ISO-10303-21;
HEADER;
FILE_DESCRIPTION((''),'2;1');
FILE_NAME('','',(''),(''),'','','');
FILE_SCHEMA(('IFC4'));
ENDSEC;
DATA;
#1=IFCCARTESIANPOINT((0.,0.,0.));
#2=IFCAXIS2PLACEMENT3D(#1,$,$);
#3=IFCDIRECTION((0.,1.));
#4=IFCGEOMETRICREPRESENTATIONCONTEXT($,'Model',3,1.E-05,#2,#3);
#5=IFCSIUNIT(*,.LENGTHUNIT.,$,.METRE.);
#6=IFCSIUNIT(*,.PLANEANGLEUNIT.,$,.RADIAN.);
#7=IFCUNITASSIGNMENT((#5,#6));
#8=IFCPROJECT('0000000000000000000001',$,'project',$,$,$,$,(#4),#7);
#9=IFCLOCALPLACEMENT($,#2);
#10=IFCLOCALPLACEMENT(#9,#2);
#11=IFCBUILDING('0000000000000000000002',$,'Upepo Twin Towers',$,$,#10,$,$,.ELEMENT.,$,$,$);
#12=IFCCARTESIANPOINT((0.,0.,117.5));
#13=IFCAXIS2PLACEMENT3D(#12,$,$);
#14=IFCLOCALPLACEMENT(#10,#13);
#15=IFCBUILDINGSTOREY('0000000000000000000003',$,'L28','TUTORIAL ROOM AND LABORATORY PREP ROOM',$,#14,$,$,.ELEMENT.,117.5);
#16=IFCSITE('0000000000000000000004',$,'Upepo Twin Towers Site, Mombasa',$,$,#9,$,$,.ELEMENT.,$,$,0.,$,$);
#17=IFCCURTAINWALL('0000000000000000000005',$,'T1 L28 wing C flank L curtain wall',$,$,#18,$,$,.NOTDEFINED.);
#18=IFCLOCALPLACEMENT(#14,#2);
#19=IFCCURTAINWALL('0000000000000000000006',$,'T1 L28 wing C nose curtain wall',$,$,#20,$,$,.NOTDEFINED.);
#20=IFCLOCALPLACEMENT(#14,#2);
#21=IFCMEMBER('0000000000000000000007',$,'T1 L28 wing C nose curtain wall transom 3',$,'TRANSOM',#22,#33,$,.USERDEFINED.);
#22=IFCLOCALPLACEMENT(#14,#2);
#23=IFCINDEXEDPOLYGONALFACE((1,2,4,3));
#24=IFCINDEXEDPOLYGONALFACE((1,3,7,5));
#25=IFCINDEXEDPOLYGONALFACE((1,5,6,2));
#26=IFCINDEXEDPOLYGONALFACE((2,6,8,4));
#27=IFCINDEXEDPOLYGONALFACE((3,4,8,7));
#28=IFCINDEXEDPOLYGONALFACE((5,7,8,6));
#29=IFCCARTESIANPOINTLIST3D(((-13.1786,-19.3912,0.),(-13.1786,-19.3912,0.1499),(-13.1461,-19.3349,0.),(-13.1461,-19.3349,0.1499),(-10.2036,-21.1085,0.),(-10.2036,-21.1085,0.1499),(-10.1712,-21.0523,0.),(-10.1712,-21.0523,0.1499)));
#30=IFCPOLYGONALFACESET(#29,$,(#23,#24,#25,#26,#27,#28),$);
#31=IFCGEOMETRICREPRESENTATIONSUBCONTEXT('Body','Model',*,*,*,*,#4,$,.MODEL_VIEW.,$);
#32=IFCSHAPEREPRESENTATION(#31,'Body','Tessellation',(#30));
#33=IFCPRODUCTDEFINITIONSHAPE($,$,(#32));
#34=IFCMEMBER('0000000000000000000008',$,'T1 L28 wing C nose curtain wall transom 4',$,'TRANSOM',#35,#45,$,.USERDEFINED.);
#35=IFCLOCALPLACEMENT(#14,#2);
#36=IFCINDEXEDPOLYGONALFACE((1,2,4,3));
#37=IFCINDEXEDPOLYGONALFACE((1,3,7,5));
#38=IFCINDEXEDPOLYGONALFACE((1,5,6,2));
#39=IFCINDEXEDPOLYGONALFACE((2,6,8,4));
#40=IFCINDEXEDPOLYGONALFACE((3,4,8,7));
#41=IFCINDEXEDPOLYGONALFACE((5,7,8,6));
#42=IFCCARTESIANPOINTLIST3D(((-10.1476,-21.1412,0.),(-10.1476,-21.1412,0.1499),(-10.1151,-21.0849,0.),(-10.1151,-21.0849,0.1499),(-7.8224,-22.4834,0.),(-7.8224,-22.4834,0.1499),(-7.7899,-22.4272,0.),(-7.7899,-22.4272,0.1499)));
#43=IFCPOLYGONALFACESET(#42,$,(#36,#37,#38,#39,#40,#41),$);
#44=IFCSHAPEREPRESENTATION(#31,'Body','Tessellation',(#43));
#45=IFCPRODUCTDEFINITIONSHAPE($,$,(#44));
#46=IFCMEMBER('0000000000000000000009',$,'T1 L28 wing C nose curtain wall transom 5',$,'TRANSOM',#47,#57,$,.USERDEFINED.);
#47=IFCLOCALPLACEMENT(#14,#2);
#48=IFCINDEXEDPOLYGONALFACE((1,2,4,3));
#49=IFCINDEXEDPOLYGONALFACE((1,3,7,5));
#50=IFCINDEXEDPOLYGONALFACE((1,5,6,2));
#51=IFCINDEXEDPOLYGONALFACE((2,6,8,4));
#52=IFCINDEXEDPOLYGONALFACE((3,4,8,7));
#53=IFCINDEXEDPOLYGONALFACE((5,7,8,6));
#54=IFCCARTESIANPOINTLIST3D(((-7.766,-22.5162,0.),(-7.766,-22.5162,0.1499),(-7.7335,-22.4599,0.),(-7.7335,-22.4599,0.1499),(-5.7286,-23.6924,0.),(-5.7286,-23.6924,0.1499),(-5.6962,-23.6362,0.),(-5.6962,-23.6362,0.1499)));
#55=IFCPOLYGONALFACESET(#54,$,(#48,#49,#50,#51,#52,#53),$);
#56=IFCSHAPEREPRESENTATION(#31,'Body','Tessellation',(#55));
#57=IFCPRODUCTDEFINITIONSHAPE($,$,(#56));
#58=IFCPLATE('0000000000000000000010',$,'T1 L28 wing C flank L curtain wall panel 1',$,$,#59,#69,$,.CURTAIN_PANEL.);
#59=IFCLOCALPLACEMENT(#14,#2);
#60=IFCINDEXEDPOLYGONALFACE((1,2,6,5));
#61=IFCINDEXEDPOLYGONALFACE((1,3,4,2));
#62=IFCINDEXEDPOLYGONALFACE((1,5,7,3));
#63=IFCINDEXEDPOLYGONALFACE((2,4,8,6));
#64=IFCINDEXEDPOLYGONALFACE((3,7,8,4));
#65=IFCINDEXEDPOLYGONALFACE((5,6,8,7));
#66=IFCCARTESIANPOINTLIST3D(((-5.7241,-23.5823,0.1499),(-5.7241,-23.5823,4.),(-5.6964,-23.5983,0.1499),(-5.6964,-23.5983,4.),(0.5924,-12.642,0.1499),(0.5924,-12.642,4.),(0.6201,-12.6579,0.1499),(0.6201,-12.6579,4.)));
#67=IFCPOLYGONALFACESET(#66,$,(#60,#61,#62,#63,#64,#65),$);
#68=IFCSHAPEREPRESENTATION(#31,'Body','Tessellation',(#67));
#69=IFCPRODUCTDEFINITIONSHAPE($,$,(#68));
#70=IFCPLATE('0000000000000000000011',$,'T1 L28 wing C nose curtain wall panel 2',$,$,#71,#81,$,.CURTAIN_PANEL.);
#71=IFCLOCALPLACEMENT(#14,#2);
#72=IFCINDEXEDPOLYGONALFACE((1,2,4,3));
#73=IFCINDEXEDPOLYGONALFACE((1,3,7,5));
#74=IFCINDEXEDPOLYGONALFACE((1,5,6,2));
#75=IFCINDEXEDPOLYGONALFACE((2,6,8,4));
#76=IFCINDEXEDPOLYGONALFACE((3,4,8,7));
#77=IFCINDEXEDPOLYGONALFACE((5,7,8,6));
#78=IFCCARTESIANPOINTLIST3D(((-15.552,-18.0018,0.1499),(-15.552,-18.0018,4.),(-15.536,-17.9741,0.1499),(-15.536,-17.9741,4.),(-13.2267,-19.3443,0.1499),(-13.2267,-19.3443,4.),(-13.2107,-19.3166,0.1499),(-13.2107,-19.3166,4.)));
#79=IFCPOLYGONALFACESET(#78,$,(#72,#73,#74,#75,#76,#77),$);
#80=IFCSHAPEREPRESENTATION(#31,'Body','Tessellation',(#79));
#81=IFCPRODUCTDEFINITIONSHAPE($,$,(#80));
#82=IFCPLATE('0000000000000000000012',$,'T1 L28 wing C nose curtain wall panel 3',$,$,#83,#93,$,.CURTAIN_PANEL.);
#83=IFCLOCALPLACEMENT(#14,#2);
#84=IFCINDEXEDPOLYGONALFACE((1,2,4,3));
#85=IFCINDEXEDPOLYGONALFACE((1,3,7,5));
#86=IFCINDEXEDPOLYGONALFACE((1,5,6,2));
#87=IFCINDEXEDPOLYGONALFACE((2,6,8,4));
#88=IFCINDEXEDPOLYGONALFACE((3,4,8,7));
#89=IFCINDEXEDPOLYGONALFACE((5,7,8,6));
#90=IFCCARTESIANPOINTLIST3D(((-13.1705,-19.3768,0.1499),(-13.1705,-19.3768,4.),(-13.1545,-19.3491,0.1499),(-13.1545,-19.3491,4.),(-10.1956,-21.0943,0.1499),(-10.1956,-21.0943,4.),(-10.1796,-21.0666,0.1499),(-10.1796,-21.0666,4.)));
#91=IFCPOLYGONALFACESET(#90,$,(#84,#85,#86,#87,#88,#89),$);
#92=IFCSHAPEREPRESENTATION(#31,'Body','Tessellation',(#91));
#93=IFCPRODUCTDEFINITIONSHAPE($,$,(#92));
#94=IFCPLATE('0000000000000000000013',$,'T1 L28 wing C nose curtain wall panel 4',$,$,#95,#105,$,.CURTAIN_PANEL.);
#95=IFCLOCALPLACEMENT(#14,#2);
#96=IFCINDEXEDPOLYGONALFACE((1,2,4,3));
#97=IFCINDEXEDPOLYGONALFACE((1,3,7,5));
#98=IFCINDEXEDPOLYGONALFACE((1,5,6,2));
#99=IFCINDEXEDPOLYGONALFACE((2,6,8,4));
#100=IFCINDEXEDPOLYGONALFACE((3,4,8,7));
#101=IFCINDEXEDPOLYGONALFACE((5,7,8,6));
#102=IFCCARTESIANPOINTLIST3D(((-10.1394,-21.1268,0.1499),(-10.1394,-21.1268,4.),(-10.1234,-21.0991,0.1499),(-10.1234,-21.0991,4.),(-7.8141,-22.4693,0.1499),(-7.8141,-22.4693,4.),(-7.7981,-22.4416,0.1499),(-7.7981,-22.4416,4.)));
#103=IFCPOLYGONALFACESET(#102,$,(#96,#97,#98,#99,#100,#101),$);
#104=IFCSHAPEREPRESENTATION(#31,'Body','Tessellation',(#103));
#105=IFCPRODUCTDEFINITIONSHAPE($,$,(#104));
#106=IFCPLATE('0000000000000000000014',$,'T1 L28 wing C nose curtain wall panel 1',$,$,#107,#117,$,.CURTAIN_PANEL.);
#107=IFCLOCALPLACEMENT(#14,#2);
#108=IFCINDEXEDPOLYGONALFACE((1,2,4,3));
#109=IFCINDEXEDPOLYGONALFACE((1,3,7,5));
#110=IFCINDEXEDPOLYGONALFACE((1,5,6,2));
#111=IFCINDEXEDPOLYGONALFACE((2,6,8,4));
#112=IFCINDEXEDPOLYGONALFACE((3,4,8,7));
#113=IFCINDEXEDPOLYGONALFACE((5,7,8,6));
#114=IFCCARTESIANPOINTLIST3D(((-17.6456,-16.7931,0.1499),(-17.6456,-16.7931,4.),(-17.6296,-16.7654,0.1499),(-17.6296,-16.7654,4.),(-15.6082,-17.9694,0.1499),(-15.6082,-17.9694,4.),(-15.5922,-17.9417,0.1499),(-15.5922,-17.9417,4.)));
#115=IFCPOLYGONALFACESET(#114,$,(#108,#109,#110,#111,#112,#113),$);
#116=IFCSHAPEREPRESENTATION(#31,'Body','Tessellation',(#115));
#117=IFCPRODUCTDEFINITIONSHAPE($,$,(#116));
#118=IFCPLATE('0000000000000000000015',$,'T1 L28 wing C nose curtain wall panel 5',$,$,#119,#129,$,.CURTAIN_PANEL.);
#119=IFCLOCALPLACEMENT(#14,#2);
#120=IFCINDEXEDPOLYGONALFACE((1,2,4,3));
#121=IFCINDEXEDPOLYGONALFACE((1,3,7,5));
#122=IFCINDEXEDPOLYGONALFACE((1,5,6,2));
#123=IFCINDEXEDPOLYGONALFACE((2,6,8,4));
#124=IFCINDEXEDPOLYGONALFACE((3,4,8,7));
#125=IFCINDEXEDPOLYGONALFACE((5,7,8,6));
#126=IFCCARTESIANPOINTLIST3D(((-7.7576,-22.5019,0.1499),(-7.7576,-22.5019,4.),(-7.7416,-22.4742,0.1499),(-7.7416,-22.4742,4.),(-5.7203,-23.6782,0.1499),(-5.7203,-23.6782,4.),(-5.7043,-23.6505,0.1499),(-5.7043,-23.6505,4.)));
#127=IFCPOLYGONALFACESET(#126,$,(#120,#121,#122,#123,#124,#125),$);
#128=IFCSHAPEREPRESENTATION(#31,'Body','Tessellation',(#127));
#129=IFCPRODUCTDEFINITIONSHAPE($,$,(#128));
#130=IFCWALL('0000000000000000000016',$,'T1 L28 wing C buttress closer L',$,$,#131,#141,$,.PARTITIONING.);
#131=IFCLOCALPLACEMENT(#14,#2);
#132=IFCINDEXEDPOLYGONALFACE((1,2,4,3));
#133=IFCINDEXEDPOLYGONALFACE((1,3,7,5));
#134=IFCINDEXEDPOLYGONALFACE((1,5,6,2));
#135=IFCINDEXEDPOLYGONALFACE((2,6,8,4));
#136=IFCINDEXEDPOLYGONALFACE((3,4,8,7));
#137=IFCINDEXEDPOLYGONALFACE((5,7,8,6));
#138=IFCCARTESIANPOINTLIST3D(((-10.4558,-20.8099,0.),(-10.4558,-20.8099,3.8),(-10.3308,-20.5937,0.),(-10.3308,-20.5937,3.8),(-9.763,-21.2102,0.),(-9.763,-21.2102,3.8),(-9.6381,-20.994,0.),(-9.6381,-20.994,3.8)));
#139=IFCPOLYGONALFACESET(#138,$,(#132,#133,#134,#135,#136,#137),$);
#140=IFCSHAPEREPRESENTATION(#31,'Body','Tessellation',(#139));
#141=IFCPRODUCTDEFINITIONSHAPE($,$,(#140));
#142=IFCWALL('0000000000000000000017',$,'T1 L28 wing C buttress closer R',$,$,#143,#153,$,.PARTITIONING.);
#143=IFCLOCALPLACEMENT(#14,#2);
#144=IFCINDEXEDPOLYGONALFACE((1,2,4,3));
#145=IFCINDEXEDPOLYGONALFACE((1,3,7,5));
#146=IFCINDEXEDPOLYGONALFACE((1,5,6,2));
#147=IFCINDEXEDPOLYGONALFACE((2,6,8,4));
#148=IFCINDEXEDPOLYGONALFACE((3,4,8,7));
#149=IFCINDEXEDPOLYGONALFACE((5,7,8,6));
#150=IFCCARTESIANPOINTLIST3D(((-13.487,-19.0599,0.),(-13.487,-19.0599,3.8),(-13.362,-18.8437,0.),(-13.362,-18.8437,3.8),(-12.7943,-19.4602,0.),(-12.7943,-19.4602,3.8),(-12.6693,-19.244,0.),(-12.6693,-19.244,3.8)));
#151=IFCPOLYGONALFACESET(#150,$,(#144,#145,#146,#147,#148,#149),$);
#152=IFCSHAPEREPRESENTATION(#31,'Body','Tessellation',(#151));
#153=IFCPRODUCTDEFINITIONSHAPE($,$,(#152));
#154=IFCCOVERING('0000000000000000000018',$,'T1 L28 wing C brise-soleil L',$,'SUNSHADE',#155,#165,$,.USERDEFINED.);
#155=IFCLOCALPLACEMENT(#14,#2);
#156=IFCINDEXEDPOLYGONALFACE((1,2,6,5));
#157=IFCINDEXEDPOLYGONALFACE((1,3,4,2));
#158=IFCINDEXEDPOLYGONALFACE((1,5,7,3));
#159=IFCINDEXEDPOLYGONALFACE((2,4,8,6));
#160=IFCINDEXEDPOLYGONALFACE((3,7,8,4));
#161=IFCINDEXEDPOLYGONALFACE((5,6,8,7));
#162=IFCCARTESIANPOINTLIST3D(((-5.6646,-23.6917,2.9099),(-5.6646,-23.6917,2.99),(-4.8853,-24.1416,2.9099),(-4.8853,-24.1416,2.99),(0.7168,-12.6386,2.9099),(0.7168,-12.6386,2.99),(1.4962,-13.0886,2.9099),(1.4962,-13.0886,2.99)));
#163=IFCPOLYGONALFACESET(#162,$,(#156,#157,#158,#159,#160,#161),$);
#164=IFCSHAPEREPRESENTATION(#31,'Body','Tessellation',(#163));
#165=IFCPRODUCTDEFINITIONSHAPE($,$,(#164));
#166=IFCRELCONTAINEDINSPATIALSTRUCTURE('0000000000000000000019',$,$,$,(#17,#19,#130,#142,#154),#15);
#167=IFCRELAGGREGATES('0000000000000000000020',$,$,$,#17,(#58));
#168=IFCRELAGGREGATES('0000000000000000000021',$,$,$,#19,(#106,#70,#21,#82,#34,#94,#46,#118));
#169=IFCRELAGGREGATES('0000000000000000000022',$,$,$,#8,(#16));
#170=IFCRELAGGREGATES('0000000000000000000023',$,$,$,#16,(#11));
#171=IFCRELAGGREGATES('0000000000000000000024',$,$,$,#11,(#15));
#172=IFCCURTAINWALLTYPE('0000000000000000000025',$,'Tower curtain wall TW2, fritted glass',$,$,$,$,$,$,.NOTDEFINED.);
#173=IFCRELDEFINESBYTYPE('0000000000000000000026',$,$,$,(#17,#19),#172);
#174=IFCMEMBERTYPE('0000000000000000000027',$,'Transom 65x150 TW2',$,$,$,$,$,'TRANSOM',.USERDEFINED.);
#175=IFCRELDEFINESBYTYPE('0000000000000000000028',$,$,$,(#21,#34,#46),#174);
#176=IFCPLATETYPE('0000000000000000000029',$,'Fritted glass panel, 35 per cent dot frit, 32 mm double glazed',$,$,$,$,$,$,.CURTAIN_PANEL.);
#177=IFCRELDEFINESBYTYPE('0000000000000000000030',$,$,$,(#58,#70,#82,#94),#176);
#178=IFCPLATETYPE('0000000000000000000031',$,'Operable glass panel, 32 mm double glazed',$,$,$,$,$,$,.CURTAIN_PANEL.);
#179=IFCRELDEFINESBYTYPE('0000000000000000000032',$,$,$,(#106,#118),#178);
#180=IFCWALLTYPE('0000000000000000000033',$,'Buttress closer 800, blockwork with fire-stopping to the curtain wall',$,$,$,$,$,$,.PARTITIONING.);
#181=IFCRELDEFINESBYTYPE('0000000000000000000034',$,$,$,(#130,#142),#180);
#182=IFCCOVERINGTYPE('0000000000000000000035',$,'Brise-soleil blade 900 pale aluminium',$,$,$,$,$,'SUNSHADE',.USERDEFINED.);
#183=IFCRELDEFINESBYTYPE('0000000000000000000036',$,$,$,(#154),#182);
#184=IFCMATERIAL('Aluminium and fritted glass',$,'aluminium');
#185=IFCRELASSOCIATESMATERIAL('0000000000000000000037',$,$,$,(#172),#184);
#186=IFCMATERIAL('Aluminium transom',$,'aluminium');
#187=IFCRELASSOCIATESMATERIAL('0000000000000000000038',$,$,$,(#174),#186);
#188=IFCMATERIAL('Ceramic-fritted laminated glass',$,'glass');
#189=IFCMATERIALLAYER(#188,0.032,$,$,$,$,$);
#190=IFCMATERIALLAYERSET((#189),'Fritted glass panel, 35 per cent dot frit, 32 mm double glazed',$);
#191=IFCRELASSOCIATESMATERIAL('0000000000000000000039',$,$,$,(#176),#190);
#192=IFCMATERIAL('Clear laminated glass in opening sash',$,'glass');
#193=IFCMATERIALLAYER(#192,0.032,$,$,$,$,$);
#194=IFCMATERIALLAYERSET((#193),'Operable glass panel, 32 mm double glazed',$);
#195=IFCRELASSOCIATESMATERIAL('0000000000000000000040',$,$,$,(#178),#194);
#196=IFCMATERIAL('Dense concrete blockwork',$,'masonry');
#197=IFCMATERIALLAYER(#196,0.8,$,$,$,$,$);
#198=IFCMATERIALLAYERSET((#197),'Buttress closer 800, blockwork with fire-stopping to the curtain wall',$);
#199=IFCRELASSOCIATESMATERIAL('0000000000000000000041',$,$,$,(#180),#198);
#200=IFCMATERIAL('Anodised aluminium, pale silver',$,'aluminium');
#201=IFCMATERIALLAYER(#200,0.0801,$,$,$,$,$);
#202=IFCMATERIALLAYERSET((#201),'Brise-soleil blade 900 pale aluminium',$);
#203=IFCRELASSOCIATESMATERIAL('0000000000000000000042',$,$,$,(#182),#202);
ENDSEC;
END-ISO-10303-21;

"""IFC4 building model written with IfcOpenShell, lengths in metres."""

from ifc_helpers import new_model, si_unit, direction, frame, frame_2d, origin, origin_2d, place, context, subcontext, project, spatial, rectangle, extrude, material, layer, layer_set, material_profile, profile_set, type_object, element, aggregate, save


model = new_model("IFC4")

# Units and contexts
model_context = context("Model", 3, precision=1e-05, world=origin(), true_north=direction((0.0, 1.0)))
body_context = subcontext(model_context, "Body", "Model", "MODEL_VIEW")
ifc_project = project(units=[si_unit("LENGTHUNIT", "METRE"), si_unit("PLANEANGLEUNIT", "RADIAN")], contexts=[model_context])

# Site, building, storey
site_placement = place(None, origin())
site = spatial("IfcSite", under=ifc_project, at=site_placement, Name="Upepo Twin Towers Site, Mombasa", CompositionType="ELEMENT", RefElevation=0.0)
building_placement = place(site_placement, origin())
building = spatial("IfcBuilding", under=site, at=building_placement, Name="Upepo Twin Towers", CompositionType="ELEMENT")
storey_placement = place(building_placement, frame((0.0, 0.0, 117.5)))
storey = spatial("IfcBuildingStorey", under=building, at=storey_placement, Name="L28", Description="TUTORIAL ROOM AND LABORATORY PREP ROOM", CompositionType="ELEMENT", Elevation=117.5)

# Curtain wall
ifc_material_1 = material(Name="Aluminium and fritted glass", Category="aluminium")
curtain_wall_type = type_object("IfcCurtainWallType", Name="Tower curtain wall TW2, fritted glass", PredefinedType="NOTDEFINED", material=ifc_material_1)
curtain_wall_1_placement = place(storey_placement, origin())
curtain_wall_1 = element("IfcCurtainWall", 1, at=curtain_wall_1_placement, inside=storey, type_object=curtain_wall_type, Name="T1 L28 wing C flank L curtain wall", PredefinedType="NOTDEFINED")

# Curtain wall
curtain_wall_2_placement = place(storey_placement, origin())
curtain_wall_2 = element("IfcCurtainWall", 2, at=curtain_wall_2_placement, inside=storey, type_object=curtain_wall_type, Name="T1 L28 wing C nose curtain wall", PredefinedType="NOTDEFINED")

# Members
ifc_material_2 = material(Name="Aluminium transom", Category="aluminium")
ifc_material_profile_1 = material_profile(ifc_material_2, rectangle(XDim=0.0649, YDim=0.1499, at=origin_2d()), Name="TRANSOM 65x150")
ifc_profile_set_1 = profile_set([ifc_material_profile_1], Name="Aluminium transom")
member_type_1 = type_object("IfcMemberType", Name="Transom 65x150 TW2", ElementType="TRANSOM", PredefinedType="USERDEFINED", material=ifc_profile_set_1)
member_1_placement = place(storey_placement, frame((-13.1624, -19.363, 0.075), z_axis=(0.866057, -0.499946, 0.0), x_axis=(0.499946, 0.866057, 0.0)))
member_1 = element("IfcMember", 3, at=member_1_placement, type_object=member_type_1, Name="T1 L28 wing C nose curtain wall transom 3", ObjectType="TRANSOM", PredefinedType="USERDEFINED", context=body_context, shape_type="SweptSolid", body=[
    extrude(rectangle(XDim=0.0649, YDim=0.1499, at=origin_2d()), origin(), (0.0, 0.0, 1.0), 3.4351),
])
member_2_placement = place(storey_placement, frame((-10.1313, -21.113, 0.075), z_axis=(0.866052, -0.499953, 0.0), x_axis=(0.499953, 0.866052, 0.0)))
member_2 = element("IfcMember", 4, at=member_2_placement, type_object=member_type_1, Name="T1 L28 wing C nose curtain wall transom 4", ObjectType="TRANSOM", PredefinedType="USERDEFINED", context=body_context, shape_type="SweptSolid", body=[
    extrude(rectangle(XDim=0.0649, YDim=0.1499, at=origin_2d()), origin(), (0.0, 0.0, 1.0), 2.6848),
])
member_3_placement = place(storey_placement, frame((-7.7498, -22.488, 0.075), z_axis=(0.866025, -0.500001, 0.0), x_axis=(0.500001, 0.866025, 0.0)))
member_3 = element("IfcMember", 5, at=member_3_placement, type_object=member_type_1, Name="T1 L28 wing C nose curtain wall transom 5", ObjectType="TRANSOM", PredefinedType="USERDEFINED", context=body_context, shape_type="SweptSolid", body=[
    extrude(rectangle(XDim=0.0649, YDim=0.1499, at=origin_2d()), origin(), (0.0, 0.0, 1.0), 2.3525),
])

# Plates
ifc_material_3 = material(Name="Ceramic-fritted laminated glass", Category="glass")
ifc_layer_1 = layer(ifc_material_3, 0.032)
ifc_layer_set_1 = layer_set([ifc_layer_1], Name="Fritted glass panel, 35 per cent dot frit, 32 mm double glazed")
plate_type_1 = type_object("IfcPlateType", Name="Fritted glass panel, 35 per cent dot frit, 32 mm double glazed", PredefinedType="CURTAIN_PANEL", material=ifc_layer_set_1)
plate_1_placement = place(storey_placement, frame((-2.552, -18.1201, 0.1499), z_axis=(0.0, 0.0, 1.0), x_axis=(-0.5, -0.866025, 0.0)))
plate_1 = element("IfcPlate", 6, at=plate_1_placement, type_object=plate_type_1, Name="T1 L28 wing C flank L curtain wall panel 1", PredefinedType="CURTAIN_PANEL", context=body_context, shape_type="SweptSolid", body=[
    extrude(rectangle(XDim=12.6328, YDim=0.032, at=origin_2d()), origin(), (0.0, 0.0, 1.0), 3.8501),
])
aggregate(curtain_wall_1, [plate_1])
plate_2_placement = place(storey_placement, frame((-14.3813, -18.6592, 0.1499), z_axis=(0.0, 0.0, 1.0), x_axis=(0.866025, -0.5, 0.0)))
plate_2 = element("IfcPlate", 7, at=plate_2_placement, type_object=plate_type_1, Name="T1 L28 wing C nose curtain wall panel 2", PredefinedType="CURTAIN_PANEL", context=body_context, shape_type="SweptSolid", body=[
    extrude(rectangle(XDim=2.6851, YDim=0.032, at=origin_2d()), origin(), (0.0, 0.0, 1.0), 3.8501),
])
plate_3_placement = place(storey_placement, frame((-11.675, -20.2217, 0.1499), z_axis=(0.0, 0.0, 1.0), x_axis=(0.866025, -0.5, 0.0)))
plate_3 = element("IfcPlate", 8, at=plate_3_placement, type_object=plate_type_1, Name="T1 L28 wing C nose curtain wall panel 3", PredefinedType="CURTAIN_PANEL", context=body_context, shape_type="SweptSolid", body=[
    extrude(rectangle(XDim=3.4351, YDim=0.032, at=origin_2d()), origin(), (0.0, 0.0, 1.0), 3.8501),
])
plate_4_placement = place(storey_placement, frame((-8.9688, -21.7842, 0.1499), z_axis=(0.0, 0.0, 1.0), x_axis=(0.866025, -0.5, 0.0)))
plate_4 = element("IfcPlate", 9, at=plate_4_placement, type_object=plate_type_1, Name="T1 L28 wing C nose curtain wall panel 4", PredefinedType="CURTAIN_PANEL", context=body_context, shape_type="SweptSolid", body=[
    extrude(rectangle(XDim=2.6851, YDim=0.032, at=origin_2d()), origin(), (0.0, 0.0, 1.0), 3.8501),
])
ifc_material_4 = material(Name="Clear laminated glass in opening sash", Category="glass")
ifc_layer_2 = layer(ifc_material_4, 0.032)
ifc_layer_set_2 = layer_set([ifc_layer_2], Name="Operable glass panel, 32 mm double glazed")
plate_type_2 = type_object("IfcPlateType", Name="Operable glass panel, 32 mm double glazed", PredefinedType="CURTAIN_PANEL", material=ifc_layer_set_2)
plate_5_placement = place(storey_placement, frame((-16.6189, -17.3674, 0.1499), z_axis=(0.0, 0.0, 1.0), x_axis=(0.866025, -0.5, 0.0)))
plate_5 = element("IfcPlate", 10, at=plate_5_placement, type_object=plate_type_2, Name="T1 L28 wing C nose curtain wall panel 1", PredefinedType="CURTAIN_PANEL", context=body_context, shape_type="SweptSolid", body=[
    extrude(rectangle(XDim=2.3525, YDim=0.032, at=origin_2d()), origin(), (0.0, 0.0, 1.0), 3.8501),
])
plate_6_placement = place(storey_placement, frame((-6.731, -23.0762, 0.1499), z_axis=(0.0, 0.0, 1.0), x_axis=(0.866025, -0.5, 0.0)))
plate_6 = element("IfcPlate", 11, at=plate_6_placement, type_object=plate_type_2, Name="T1 L28 wing C nose curtain wall panel 5", PredefinedType="CURTAIN_PANEL", context=body_context, shape_type="SweptSolid", body=[
    extrude(rectangle(XDim=2.3525, YDim=0.032, at=origin_2d()), origin(), (0.0, 0.0, 1.0), 3.8501),
])
aggregate(curtain_wall_2, [plate_5, plate_2, member_1, plate_3, member_2, plate_4, member_3, plate_6])

# Walls
ifc_material_5 = material(Name="Dense concrete blockwork", Category="masonry")
ifc_layer_3 = layer(ifc_material_5, 0.8)
ifc_layer_set_3 = layer_set([ifc_layer_3], Name="Buttress closer 800, blockwork with fire-stopping to the curtain wall")
wall_type = type_object("IfcWallType", Name="Buttress closer 800, blockwork with fire-stopping to the curtain wall", PredefinedType="PARTITIONING", material=ifc_layer_set_3)
for number, where, z_axis, x_axis, name in (
    (12, (-9.9844, -20.7937, 0.0), (0.0, 0.0, 1.0), (-0.500343, -0.865827, 0.0), "T1 L28 wing C buttress closer L"),
    (13, (-13.0156, -19.0437, 0.0), (0.0, 0.0, 1.0), (-0.500343, -0.865827, 0.0), "T1 L28 wing C buttress closer R"),
):
    element("IfcWall", number, at=place(storey_placement, frame(where, z_axis=z_axis, x_axis=x_axis)), inside=storey, type_object=wall_type, Name=name, PredefinedType="PARTITIONING", context=body_context, shape_type="SweptSolid", body=[
        extrude(rectangle(XDim=0.2498, YDim=0.8, at=frame_2d((0.125, 0.0))), origin(), (0.0, 0.0, 1.0), 3.8),
    ])

# Covering
ifc_material_6 = material(Name="Anodised aluminium, pale silver", Category="aluminium")
ifc_layer_4 = layer(ifc_material_6, 0.0801)
ifc_layer_set_4 = layer_set([ifc_layer_4], Name="Brise-soleil blade 900 pale aluminium")
covering_type = type_object("IfcCoveringType", Name="Brise-soleil blade 900 pale aluminium", ElementType="SUNSHADE", PredefinedType="USERDEFINED", material=ifc_layer_set_4)
covering_placement = place(storey_placement, frame((-2.0842, -18.3901, 2.9099), z_axis=(0.0, 0.0, 1.0), x_axis=(-0.5, -0.866025, 0.0)))
element("IfcCovering", 14, at=covering_placement, inside=storey, type_object=covering_type, Name="T1 L28 wing C brise-soleil L", ObjectType="SUNSHADE", PredefinedType="USERDEFINED", context=body_context, shape_type="SweptSolid", body=[
    extrude(rectangle(XDim=12.7629, YDim=0.8999, at=origin_2d()), origin(), (0.0, 0.0, 1.0), 0.0801),
])

save(model, "model.ifc")
